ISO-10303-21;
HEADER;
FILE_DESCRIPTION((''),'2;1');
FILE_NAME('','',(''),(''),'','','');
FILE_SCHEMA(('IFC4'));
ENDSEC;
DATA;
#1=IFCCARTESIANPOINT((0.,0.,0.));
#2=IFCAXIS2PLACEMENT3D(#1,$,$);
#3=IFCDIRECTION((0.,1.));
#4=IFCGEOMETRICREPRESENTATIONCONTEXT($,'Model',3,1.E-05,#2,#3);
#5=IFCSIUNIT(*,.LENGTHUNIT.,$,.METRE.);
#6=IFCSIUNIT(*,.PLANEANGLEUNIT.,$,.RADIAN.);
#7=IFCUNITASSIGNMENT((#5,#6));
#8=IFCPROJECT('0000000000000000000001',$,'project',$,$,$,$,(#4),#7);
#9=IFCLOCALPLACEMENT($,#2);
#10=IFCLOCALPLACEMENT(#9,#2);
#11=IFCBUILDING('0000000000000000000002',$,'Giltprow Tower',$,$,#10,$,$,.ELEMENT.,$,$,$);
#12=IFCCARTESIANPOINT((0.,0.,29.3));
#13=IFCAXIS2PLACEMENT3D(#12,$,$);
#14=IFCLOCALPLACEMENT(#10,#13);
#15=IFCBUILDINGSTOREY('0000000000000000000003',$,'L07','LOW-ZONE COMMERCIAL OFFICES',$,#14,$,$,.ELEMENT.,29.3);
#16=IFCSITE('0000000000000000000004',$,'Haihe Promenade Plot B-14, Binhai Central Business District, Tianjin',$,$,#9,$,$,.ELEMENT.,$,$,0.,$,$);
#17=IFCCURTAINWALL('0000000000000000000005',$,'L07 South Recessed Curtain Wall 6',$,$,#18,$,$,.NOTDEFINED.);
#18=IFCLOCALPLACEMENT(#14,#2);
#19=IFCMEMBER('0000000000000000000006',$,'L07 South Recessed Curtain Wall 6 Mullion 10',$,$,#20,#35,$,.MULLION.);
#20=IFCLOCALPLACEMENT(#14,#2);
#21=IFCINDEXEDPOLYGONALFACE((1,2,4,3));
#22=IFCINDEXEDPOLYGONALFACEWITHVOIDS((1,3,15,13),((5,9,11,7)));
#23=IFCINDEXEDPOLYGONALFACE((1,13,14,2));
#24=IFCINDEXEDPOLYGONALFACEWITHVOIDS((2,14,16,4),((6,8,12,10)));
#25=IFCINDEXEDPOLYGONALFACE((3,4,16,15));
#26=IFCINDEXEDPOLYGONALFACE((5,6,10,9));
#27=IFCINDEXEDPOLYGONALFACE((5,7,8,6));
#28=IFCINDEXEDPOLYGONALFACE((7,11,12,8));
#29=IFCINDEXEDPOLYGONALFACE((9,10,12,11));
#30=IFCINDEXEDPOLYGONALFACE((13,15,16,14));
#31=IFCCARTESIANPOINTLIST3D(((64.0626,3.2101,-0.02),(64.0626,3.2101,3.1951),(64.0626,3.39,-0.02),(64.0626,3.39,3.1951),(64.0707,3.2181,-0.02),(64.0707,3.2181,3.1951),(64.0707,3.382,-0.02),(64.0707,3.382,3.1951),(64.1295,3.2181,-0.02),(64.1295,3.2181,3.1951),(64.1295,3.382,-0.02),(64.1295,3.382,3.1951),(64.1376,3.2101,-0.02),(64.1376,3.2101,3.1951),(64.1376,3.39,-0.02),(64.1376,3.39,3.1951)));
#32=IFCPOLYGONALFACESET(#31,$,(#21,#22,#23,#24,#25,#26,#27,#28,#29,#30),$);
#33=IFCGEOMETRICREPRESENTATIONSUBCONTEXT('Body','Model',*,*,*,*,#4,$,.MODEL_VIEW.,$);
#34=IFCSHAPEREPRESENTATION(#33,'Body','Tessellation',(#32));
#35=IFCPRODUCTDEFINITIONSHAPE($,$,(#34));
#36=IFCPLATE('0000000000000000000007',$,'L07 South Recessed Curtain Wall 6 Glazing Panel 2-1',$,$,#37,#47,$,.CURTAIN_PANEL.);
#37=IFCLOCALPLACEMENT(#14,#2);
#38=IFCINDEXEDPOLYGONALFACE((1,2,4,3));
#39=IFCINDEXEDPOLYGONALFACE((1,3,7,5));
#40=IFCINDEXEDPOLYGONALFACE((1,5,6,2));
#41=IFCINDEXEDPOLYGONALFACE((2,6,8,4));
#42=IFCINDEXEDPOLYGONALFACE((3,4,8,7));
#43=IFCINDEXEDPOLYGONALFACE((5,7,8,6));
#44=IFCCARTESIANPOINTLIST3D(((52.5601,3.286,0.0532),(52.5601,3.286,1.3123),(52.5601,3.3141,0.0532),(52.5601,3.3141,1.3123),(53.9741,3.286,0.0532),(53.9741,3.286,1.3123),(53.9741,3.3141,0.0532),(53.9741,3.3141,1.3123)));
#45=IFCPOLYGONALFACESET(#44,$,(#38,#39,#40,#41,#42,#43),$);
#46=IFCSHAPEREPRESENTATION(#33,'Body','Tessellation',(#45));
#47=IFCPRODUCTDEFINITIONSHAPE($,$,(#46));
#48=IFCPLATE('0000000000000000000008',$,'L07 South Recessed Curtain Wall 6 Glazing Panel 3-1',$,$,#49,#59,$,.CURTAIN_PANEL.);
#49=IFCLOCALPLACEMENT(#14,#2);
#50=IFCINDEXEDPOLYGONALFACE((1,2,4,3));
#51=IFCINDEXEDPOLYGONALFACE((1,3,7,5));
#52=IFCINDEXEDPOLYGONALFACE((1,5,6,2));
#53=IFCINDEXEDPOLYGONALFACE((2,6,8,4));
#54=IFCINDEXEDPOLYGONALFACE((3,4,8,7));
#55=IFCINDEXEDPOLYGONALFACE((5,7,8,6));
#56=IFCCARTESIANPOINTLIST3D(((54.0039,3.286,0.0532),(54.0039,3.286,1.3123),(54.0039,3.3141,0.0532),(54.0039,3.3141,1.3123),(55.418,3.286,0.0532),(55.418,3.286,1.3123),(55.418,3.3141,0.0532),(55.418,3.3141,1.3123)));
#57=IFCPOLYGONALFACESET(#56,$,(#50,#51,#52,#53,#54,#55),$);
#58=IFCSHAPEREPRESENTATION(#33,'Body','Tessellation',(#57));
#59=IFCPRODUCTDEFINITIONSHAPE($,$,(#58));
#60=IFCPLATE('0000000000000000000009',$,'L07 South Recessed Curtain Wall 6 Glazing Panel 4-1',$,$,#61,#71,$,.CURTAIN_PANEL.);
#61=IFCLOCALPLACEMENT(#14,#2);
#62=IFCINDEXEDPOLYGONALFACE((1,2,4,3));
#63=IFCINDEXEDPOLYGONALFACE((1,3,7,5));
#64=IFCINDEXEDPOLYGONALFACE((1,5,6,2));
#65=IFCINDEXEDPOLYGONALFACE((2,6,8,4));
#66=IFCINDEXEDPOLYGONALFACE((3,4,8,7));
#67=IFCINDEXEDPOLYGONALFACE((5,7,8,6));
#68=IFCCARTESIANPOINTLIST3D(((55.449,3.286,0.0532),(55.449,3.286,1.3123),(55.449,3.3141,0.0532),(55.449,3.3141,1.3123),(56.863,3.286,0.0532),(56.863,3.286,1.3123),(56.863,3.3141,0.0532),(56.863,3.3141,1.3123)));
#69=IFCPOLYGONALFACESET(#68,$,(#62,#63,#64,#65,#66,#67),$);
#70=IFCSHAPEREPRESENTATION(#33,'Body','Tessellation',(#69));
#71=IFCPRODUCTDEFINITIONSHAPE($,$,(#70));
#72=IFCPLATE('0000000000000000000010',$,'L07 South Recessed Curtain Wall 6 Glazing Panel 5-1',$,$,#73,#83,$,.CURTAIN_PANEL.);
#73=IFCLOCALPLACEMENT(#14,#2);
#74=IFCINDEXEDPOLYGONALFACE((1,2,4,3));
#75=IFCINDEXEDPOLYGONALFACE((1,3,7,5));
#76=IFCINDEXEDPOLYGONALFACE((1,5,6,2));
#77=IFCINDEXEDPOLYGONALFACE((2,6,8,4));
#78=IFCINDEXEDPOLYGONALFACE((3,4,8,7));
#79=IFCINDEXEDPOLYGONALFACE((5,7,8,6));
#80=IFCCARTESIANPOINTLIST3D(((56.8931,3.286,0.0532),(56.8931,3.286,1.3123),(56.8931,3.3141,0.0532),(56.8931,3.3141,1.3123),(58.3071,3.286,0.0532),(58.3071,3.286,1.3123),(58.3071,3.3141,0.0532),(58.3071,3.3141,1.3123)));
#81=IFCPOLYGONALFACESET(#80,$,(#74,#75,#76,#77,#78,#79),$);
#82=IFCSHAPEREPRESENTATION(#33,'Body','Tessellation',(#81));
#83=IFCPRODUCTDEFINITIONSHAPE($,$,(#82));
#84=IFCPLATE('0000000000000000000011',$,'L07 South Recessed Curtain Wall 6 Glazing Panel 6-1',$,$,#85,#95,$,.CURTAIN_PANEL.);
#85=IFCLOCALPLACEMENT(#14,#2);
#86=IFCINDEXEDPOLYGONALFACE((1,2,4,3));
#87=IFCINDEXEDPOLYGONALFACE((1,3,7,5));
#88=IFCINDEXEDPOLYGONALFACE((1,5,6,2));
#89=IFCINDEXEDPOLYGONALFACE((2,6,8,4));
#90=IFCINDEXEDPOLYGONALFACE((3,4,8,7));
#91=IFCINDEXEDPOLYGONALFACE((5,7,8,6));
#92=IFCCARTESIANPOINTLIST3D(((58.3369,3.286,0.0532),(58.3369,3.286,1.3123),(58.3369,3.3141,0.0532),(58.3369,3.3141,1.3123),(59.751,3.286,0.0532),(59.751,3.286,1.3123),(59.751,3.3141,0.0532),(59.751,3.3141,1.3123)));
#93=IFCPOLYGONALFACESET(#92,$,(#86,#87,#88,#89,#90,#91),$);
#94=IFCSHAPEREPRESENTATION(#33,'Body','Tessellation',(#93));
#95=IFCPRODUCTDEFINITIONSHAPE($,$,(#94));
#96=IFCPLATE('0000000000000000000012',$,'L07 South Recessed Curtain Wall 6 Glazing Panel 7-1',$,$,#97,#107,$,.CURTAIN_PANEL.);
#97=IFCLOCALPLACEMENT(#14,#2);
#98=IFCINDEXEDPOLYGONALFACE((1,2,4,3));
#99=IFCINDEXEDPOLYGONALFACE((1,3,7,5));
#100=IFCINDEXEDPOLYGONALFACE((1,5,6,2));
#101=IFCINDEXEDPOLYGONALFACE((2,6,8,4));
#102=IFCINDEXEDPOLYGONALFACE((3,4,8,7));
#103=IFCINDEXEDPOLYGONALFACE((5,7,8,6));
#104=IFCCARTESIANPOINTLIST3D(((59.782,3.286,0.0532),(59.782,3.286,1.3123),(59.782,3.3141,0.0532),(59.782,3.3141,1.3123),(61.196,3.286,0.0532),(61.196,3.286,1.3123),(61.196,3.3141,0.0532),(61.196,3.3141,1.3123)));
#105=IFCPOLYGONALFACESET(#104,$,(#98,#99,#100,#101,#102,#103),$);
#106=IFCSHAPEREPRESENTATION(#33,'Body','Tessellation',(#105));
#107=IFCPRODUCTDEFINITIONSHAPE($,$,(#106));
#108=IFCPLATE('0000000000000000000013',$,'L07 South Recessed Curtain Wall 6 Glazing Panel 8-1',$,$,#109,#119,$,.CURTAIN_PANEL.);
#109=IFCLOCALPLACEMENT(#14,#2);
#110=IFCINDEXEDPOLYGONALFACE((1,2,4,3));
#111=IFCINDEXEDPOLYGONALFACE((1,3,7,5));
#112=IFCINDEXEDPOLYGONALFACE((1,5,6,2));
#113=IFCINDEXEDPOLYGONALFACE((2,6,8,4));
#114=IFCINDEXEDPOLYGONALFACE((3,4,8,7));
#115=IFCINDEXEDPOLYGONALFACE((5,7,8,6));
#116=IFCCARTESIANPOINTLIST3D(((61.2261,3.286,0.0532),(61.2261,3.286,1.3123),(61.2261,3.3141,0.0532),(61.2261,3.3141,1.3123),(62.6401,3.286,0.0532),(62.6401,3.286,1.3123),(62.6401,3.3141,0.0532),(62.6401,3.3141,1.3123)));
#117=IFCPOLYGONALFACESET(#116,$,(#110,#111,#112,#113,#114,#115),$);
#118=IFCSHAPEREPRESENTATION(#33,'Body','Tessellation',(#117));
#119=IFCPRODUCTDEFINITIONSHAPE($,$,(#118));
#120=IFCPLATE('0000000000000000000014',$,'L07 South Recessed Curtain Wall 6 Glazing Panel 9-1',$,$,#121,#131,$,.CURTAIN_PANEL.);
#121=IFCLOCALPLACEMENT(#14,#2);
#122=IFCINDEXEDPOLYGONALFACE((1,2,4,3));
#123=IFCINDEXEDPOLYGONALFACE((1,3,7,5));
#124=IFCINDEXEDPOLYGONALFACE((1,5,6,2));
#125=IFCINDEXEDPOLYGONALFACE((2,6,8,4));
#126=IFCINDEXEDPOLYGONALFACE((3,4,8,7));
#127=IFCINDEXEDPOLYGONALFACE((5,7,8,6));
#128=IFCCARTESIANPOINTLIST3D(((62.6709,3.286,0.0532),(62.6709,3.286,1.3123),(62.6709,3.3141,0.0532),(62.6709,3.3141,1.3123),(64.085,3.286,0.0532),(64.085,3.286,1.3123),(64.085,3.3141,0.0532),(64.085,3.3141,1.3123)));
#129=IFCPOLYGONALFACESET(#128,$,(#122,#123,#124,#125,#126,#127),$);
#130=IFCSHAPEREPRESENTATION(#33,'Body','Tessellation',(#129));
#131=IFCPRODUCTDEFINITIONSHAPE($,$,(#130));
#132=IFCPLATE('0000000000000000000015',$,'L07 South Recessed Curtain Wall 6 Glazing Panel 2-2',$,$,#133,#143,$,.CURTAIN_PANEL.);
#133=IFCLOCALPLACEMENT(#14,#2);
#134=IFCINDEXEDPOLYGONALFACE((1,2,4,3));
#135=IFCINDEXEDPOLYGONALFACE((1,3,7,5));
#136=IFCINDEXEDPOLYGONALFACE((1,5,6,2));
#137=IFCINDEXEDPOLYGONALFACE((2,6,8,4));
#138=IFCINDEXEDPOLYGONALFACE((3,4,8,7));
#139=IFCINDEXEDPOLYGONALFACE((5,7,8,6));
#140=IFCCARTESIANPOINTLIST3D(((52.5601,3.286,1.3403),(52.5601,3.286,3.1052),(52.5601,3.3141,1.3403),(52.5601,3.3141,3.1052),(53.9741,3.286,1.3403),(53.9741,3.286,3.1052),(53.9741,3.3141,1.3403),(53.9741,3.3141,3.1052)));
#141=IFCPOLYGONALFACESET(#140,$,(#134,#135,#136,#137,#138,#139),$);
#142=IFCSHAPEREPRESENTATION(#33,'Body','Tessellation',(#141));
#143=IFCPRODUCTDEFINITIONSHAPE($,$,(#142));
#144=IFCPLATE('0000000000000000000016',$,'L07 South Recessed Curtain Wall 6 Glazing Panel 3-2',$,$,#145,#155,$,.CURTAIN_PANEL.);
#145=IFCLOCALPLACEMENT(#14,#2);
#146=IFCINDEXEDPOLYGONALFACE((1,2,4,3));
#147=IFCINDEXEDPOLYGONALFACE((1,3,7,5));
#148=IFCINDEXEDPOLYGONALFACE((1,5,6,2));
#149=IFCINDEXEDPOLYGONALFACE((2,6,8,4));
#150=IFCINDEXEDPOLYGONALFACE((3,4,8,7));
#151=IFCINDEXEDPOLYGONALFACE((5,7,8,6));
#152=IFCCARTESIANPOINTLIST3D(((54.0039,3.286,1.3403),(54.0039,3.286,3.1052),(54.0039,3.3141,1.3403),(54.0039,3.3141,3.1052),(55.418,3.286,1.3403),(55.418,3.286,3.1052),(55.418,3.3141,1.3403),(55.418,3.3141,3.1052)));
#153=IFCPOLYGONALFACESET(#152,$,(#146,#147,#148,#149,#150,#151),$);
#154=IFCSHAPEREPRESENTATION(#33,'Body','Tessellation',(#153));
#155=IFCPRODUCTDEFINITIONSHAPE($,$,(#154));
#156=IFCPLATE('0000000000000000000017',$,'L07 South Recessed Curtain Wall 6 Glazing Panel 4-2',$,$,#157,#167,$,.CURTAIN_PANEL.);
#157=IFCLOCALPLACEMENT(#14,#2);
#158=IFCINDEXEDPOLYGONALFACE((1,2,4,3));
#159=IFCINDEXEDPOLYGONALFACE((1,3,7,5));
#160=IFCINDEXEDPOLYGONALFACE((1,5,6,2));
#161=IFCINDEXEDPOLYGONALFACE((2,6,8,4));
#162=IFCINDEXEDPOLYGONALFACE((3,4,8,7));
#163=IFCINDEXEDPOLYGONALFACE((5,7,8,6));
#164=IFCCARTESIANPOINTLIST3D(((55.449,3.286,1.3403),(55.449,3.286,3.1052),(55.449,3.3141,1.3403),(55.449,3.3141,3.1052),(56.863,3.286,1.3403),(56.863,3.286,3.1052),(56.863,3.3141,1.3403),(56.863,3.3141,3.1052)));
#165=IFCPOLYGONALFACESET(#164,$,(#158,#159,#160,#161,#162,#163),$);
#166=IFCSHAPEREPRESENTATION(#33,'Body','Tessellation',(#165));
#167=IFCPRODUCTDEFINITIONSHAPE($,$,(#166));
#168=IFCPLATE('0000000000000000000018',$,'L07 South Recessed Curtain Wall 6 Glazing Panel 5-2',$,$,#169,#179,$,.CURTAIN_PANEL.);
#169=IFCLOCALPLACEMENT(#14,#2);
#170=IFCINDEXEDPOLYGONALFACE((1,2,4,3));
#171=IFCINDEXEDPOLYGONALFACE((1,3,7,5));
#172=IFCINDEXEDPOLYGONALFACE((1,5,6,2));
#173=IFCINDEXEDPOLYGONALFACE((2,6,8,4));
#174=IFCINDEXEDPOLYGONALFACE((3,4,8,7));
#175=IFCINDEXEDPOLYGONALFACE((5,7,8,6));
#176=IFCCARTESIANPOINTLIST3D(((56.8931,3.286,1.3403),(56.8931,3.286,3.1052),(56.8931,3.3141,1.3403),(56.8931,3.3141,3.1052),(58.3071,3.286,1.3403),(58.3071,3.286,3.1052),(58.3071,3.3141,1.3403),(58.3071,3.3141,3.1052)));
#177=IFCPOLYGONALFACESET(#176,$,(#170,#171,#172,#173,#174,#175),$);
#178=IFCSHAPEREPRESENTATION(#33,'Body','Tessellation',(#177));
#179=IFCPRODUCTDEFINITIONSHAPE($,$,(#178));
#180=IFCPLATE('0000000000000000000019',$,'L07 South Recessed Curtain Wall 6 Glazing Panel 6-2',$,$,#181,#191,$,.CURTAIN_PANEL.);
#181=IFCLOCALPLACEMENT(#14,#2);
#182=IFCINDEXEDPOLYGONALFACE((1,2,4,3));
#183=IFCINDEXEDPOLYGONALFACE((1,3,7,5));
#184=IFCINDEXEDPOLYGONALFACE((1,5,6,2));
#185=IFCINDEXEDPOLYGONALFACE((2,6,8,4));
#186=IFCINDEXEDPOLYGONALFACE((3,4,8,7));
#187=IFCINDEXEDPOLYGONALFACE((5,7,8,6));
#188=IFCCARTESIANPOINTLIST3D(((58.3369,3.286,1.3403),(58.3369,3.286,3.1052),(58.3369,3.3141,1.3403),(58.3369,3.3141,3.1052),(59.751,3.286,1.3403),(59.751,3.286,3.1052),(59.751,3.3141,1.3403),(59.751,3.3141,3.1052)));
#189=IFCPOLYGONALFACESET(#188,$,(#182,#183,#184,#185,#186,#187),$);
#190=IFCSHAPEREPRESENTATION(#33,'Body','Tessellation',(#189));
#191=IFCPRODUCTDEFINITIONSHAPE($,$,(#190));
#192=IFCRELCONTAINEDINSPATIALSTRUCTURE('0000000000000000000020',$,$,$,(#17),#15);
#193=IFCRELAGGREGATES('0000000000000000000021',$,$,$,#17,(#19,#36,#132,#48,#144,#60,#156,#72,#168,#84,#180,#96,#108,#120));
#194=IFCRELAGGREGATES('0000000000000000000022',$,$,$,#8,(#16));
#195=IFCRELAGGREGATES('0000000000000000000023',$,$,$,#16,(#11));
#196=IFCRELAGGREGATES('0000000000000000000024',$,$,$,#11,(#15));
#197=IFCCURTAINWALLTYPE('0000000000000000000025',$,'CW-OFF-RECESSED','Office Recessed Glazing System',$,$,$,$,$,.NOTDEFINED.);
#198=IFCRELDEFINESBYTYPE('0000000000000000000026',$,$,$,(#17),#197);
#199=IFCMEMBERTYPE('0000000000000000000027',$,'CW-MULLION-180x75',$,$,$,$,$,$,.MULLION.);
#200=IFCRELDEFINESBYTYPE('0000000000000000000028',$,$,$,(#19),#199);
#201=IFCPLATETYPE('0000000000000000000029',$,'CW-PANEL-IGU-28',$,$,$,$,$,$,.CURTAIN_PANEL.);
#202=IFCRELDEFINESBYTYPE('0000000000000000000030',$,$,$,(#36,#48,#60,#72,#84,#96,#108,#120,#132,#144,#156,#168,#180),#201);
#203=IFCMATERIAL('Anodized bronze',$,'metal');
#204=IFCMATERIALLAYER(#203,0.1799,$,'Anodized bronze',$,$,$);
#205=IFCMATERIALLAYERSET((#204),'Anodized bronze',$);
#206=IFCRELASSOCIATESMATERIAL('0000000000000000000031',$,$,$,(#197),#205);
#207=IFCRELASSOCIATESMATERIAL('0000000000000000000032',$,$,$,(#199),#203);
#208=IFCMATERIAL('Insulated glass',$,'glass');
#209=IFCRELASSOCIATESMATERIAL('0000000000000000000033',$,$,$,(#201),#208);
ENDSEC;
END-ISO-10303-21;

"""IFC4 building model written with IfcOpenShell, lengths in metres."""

from ifc_helpers import new_model, si_unit, direction, frame, origin, origin_2d, place, context, subcontext, project, spatial, rectangle, hollow_rectangle, extrude, source, transform, mapped, material, layer, layer_set, material_profile, profile_set, type_object, element, aggregate, save


model = new_model("IFC4")

# Units and contexts
model_context = context("Model", 3, precision=1e-05, world=origin(), true_north=direction((0.0, 1.0)))
body_context = subcontext(model_context, "Body", "Model", "MODEL_VIEW")
ifc_project = project(units=[si_unit("LENGTHUNIT", "METRE"), si_unit("PLANEANGLEUNIT", "RADIAN")], contexts=[model_context])

# Site, building, storey
site_placement = place(None, origin())
site = spatial("IfcSite", under=ifc_project, at=site_placement, Name="Haihe Promenade Plot B-14, Binhai Central Business District, Tianjin", CompositionType="ELEMENT", RefElevation=0.0)
building_placement = place(site_placement, origin())
building = spatial("IfcBuilding", under=site, at=building_placement, Name="Giltprow Tower", CompositionType="ELEMENT")
storey_placement = place(building_placement, frame((0.0, 0.0, 29.3)))
storey = spatial("IfcBuildingStorey", under=building, at=storey_placement, Name="L07", Description="LOW-ZONE COMMERCIAL OFFICES", CompositionType="ELEMENT", Elevation=29.3)

# Curtain wall, member, plates
ifc_material_1 = material(Name="Anodized bronze", Category="metal")
ifc_layer_1 = layer(ifc_material_1, 0.1799, Name="Anodized bronze")
ifc_layer_set_1 = layer_set([ifc_layer_1], Name="Anodized bronze")
curtain_wall_type = type_object("IfcCurtainWallType", Name="CW-OFF-RECESSED", Description="Office Recessed Glazing System", PredefinedType="NOTDEFINED", material=ifc_layer_set_1)
curtain_wall_placement = place(storey_placement, origin())
curtain_wall = element("IfcCurtainWall", 1, at=curtain_wall_placement, inside=storey, type_object=curtain_wall_type, Name="L07 South Recessed Curtain Wall 6", PredefinedType="NOTDEFINED")
ifc_material_profile_1 = material_profile(ifc_material_1, hollow_rectangle(XDim=0.075, YDim=0.1799, WallThickness=0.0081, at=origin_2d()), Name="RHS 180x75x8")
ifc_profile_set_1 = profile_set([ifc_material_profile_1], Name="Anodized bronze")
member_type = type_object("IfcMemberType", Name="CW-MULLION-180x75", PredefinedType="MULLION", material=ifc_profile_set_1)
shared_shape_1 = source(origin(), body_context, "Body", "SweptSolid", [
    extrude(hollow_rectangle(XDim=0.075, YDim=0.1799, WallThickness=0.0081, at=origin_2d()), origin(), (0.0, 0.0, 1.0), 3.2151),
])
member_1_placement = place(storey_placement, frame((64.1001, 3.3, -0.02), z_axis=(0.0, 0.0, 1.0), x_axis=(1.0, 0.0, 0.0)))
member_1 = element("IfcMember", 2, at=member_1_placement, type_object=member_type, Name="L07 South Recessed Curtain Wall 6 Mullion 10", PredefinedType="MULLION", context=body_context, shape_type="MappedRepresentation", body=[
    mapped(shared_shape_1, transform((0.0, 0.0, 0.0), x_axis=(1.0, 0.0, 0.0), y_axis=(0.0, 1.0, 0.0), z_axis=(0.0, 0.0, 1.0), scale=1.0)),
])
ifc_material_2 = material(Name="Insulated glass", Category="glass")
plate_type = type_object("IfcPlateType", Name="CW-PANEL-IGU-28", PredefinedType="CURTAIN_PANEL", material=ifc_material_2)
shared_shape_2 = source(origin(), body_context, "Body", "SweptSolid", [
    extrude(rectangle(XDim=1.4141, YDim=0.0281, at=origin_2d()), origin(), (0.0, 0.0, 1.0), 1.259),
])
plate_1_placement = place(storey_placement, frame((53.2671, 3.3, 0.0532), z_axis=(0.0, 0.0, 1.0), x_axis=(1.0, 0.0, 0.0)))
plate_1 = element("IfcPlate", 3, at=plate_1_placement, type_object=plate_type, Name="L07 South Recessed Curtain Wall 6 Glazing Panel 2-1", PredefinedType="CURTAIN_PANEL", context=body_context, shape_type="MappedRepresentation", body=[
    mapped(shared_shape_2, transform((0.0, 0.0, 0.0), x_axis=(1.0, 0.0, 0.0), y_axis=(0.0, 1.0, 0.0), z_axis=(0.0, 0.0, 1.0), scale=1.0)),
])
plate_2_placement = place(storey_placement, frame((54.7109, 3.3, 0.0532), z_axis=(0.0, 0.0, 1.0), x_axis=(1.0, 0.0, 0.0)))
plate_2 = element("IfcPlate", 4, at=plate_2_placement, type_object=plate_type, Name="L07 South Recessed Curtain Wall 6 Glazing Panel 3-1", PredefinedType="CURTAIN_PANEL", context=body_context, shape_type="MappedRepresentation", body=[
    mapped(shared_shape_2, transform((0.0, 0.0, 0.0), x_axis=(1.0, 0.0, 0.0), y_axis=(0.0, 1.0, 0.0), z_axis=(0.0, 0.0, 1.0), scale=1.0)),
])
plate_3_placement = place(storey_placement, frame((56.156, 3.3, 0.0532), z_axis=(0.0, 0.0, 1.0), x_axis=(1.0, 0.0, 0.0)))
plate_3 = element("IfcPlate", 5, at=plate_3_placement, type_object=plate_type, Name="L07 South Recessed Curtain Wall 6 Glazing Panel 4-1", PredefinedType="CURTAIN_PANEL", context=body_context, shape_type="MappedRepresentation", body=[
    mapped(shared_shape_2, transform((0.0, 0.0, 0.0), x_axis=(1.0, 0.0, 0.0), y_axis=(0.0, 1.0, 0.0), z_axis=(0.0, 0.0, 1.0), scale=1.0)),
])
plate_4_placement = place(storey_placement, frame((57.6001, 3.3, 0.0532), z_axis=(0.0, 0.0, 1.0), x_axis=(1.0, 0.0, 0.0)))
plate_4 = element("IfcPlate", 6, at=plate_4_placement, type_object=plate_type, Name="L07 South Recessed Curtain Wall 6 Glazing Panel 5-1", PredefinedType="CURTAIN_PANEL", context=body_context, shape_type="MappedRepresentation", body=[
    mapped(shared_shape_2, transform((0.0, 0.0, 0.0), x_axis=(1.0, 0.0, 0.0), y_axis=(0.0, 1.0, 0.0), z_axis=(0.0, 0.0, 1.0), scale=1.0)),
])
plate_5_placement = place(storey_placement, frame((59.0439, 3.3, 0.0532), z_axis=(0.0, 0.0, 1.0), x_axis=(1.0, 0.0, 0.0)))
plate_5 = element("IfcPlate", 7, at=plate_5_placement, type_object=plate_type, Name="L07 South Recessed Curtain Wall 6 Glazing Panel 6-1", PredefinedType="CURTAIN_PANEL", context=body_context, shape_type="MappedRepresentation", body=[
    mapped(shared_shape_2, transform((0.0, 0.0, 0.0), x_axis=(1.0, 0.0, 0.0), y_axis=(0.0, 1.0, 0.0), z_axis=(0.0, 0.0, 1.0), scale=1.0)),
])
plate_6_placement = place(storey_placement, frame((60.489, 3.3, 0.0532), z_axis=(0.0, 0.0, 1.0), x_axis=(1.0, 0.0, 0.0)))
plate_6 = element("IfcPlate", 8, at=plate_6_placement, type_object=plate_type, Name="L07 South Recessed Curtain Wall 6 Glazing Panel 7-1", PredefinedType="CURTAIN_PANEL", context=body_context, shape_type="MappedRepresentation", body=[
    mapped(shared_shape_2, transform((0.0, 0.0, 0.0), x_axis=(1.0, 0.0, 0.0), y_axis=(0.0, 1.0, 0.0), z_axis=(0.0, 0.0, 1.0), scale=1.0)),
])
plate_7_placement = place(storey_placement, frame((61.9331, 3.3, 0.0532), z_axis=(0.0, 0.0, 1.0), x_axis=(1.0, 0.0, 0.0)))
plate_7 = element("IfcPlate", 9, at=plate_7_placement, type_object=plate_type, Name="L07 South Recessed Curtain Wall 6 Glazing Panel 8-1", PredefinedType="CURTAIN_PANEL", context=body_context, shape_type="MappedRepresentation", body=[
    mapped(shared_shape_2, transform((0.0, 0.0, 0.0), x_axis=(1.0, 0.0, 0.0), y_axis=(0.0, 1.0, 0.0), z_axis=(0.0, 0.0, 1.0), scale=1.0)),
])
plate_8_placement = place(storey_placement, frame((63.3779, 3.3, 0.0532), z_axis=(0.0, 0.0, 1.0), x_axis=(1.0, 0.0, 0.0)))
plate_8 = element("IfcPlate", 10, at=plate_8_placement, type_object=plate_type, Name="L07 South Recessed Curtain Wall 6 Glazing Panel 9-1", PredefinedType="CURTAIN_PANEL", context=body_context, shape_type="MappedRepresentation", body=[
    mapped(shared_shape_2, transform((0.0, 0.0, 0.0), x_axis=(1.0, 0.0, 0.0), y_axis=(0.0, 1.0, 0.0), z_axis=(0.0, 0.0, 1.0), scale=1.0)),
])
shared_shape_3 = source(origin(), body_context, "Body", "SweptSolid", [
    extrude(rectangle(XDim=1.4141, YDim=0.0281, at=origin_2d()), origin(), (0.0, 0.0, 1.0), 1.7649),
])
plate_9_placement = place(storey_placement, frame((53.2671, 3.3, 1.3403), z_axis=(0.0, 0.0, 1.0), x_axis=(1.0, 0.0, 0.0)))
plate_9 = element("IfcPlate", 11, at=plate_9_placement, type_object=plate_type, Name="L07 South Recessed Curtain Wall 6 Glazing Panel 2-2", PredefinedType="CURTAIN_PANEL", context=body_context, shape_type="MappedRepresentation", body=[
    mapped(shared_shape_3, transform((0.0, 0.0, 0.0), x_axis=(1.0, 0.0, 0.0), y_axis=(0.0, 1.0, 0.0), z_axis=(0.0, 0.0, 1.0), scale=1.0)),
])
plate_10_placement = place(storey_placement, frame((54.7109, 3.3, 1.3403), z_axis=(0.0, 0.0, 1.0), x_axis=(1.0, 0.0, 0.0)))
plate_10 = element("IfcPlate", 12, at=plate_10_placement, type_object=plate_type, Name="L07 South Recessed Curtain Wall 6 Glazing Panel 3-2", PredefinedType="CURTAIN_PANEL", context=body_context, shape_type="MappedRepresentation", body=[
    mapped(shared_shape_3, transform((0.0, 0.0, 0.0), x_axis=(1.0, 0.0, 0.0), y_axis=(0.0, 1.0, 0.0), z_axis=(0.0, 0.0, 1.0), scale=1.0)),
])
plate_11_placement = place(storey_placement, frame((56.156, 3.3, 1.3403), z_axis=(0.0, 0.0, 1.0), x_axis=(1.0, 0.0, 0.0)))
plate_11 = element("IfcPlate", 13, at=plate_11_placement, type_object=plate_type, Name="L07 South Recessed Curtain Wall 6 Glazing Panel 4-2", PredefinedType="CURTAIN_PANEL", context=body_context, shape_type="MappedRepresentation", body=[
    mapped(shared_shape_3, transform((0.0, 0.0, 0.0), x_axis=(1.0, 0.0, 0.0), y_axis=(0.0, 1.0, 0.0), z_axis=(0.0, 0.0, 1.0), scale=1.0)),
])
plate_12_placement = place(storey_placement, frame((57.6001, 3.3, 1.3403), z_axis=(0.0, 0.0, 1.0), x_axis=(1.0, 0.0, 0.0)))
plate_12 = element("IfcPlate", 14, at=plate_12_placement, type_object=plate_type, Name="L07 South Recessed Curtain Wall 6 Glazing Panel 5-2", PredefinedType="CURTAIN_PANEL", context=body_context, shape_type="MappedRepresentation", body=[
    mapped(shared_shape_3, transform((0.0, 0.0, 0.0), x_axis=(1.0, 0.0, 0.0), y_axis=(0.0, 1.0, 0.0), z_axis=(0.0, 0.0, 1.0), scale=1.0)),
])
plate_13_placement = place(storey_placement, frame((59.0439, 3.3, 1.3403), z_axis=(0.0, 0.0, 1.0), x_axis=(1.0, 0.0, 0.0)))
plate_13 = element("IfcPlate", 15, at=plate_13_placement, type_object=plate_type, Name="L07 South Recessed Curtain Wall 6 Glazing Panel 6-2", PredefinedType="CURTAIN_PANEL", context=body_context, shape_type="MappedRepresentation", body=[
    mapped(shared_shape_3, transform((0.0, 0.0, 0.0), x_axis=(1.0, 0.0, 0.0), y_axis=(0.0, 1.0, 0.0), z_axis=(0.0, 0.0, 1.0), scale=1.0)),
])
aggregate(curtain_wall, [member_1, plate_1, plate_9, plate_2, plate_10, plate_3, plate_11, plate_4, plate_12, plate_5, plate_13, plate_6, plate_7, plate_8])

save(model, "model.ifc")
